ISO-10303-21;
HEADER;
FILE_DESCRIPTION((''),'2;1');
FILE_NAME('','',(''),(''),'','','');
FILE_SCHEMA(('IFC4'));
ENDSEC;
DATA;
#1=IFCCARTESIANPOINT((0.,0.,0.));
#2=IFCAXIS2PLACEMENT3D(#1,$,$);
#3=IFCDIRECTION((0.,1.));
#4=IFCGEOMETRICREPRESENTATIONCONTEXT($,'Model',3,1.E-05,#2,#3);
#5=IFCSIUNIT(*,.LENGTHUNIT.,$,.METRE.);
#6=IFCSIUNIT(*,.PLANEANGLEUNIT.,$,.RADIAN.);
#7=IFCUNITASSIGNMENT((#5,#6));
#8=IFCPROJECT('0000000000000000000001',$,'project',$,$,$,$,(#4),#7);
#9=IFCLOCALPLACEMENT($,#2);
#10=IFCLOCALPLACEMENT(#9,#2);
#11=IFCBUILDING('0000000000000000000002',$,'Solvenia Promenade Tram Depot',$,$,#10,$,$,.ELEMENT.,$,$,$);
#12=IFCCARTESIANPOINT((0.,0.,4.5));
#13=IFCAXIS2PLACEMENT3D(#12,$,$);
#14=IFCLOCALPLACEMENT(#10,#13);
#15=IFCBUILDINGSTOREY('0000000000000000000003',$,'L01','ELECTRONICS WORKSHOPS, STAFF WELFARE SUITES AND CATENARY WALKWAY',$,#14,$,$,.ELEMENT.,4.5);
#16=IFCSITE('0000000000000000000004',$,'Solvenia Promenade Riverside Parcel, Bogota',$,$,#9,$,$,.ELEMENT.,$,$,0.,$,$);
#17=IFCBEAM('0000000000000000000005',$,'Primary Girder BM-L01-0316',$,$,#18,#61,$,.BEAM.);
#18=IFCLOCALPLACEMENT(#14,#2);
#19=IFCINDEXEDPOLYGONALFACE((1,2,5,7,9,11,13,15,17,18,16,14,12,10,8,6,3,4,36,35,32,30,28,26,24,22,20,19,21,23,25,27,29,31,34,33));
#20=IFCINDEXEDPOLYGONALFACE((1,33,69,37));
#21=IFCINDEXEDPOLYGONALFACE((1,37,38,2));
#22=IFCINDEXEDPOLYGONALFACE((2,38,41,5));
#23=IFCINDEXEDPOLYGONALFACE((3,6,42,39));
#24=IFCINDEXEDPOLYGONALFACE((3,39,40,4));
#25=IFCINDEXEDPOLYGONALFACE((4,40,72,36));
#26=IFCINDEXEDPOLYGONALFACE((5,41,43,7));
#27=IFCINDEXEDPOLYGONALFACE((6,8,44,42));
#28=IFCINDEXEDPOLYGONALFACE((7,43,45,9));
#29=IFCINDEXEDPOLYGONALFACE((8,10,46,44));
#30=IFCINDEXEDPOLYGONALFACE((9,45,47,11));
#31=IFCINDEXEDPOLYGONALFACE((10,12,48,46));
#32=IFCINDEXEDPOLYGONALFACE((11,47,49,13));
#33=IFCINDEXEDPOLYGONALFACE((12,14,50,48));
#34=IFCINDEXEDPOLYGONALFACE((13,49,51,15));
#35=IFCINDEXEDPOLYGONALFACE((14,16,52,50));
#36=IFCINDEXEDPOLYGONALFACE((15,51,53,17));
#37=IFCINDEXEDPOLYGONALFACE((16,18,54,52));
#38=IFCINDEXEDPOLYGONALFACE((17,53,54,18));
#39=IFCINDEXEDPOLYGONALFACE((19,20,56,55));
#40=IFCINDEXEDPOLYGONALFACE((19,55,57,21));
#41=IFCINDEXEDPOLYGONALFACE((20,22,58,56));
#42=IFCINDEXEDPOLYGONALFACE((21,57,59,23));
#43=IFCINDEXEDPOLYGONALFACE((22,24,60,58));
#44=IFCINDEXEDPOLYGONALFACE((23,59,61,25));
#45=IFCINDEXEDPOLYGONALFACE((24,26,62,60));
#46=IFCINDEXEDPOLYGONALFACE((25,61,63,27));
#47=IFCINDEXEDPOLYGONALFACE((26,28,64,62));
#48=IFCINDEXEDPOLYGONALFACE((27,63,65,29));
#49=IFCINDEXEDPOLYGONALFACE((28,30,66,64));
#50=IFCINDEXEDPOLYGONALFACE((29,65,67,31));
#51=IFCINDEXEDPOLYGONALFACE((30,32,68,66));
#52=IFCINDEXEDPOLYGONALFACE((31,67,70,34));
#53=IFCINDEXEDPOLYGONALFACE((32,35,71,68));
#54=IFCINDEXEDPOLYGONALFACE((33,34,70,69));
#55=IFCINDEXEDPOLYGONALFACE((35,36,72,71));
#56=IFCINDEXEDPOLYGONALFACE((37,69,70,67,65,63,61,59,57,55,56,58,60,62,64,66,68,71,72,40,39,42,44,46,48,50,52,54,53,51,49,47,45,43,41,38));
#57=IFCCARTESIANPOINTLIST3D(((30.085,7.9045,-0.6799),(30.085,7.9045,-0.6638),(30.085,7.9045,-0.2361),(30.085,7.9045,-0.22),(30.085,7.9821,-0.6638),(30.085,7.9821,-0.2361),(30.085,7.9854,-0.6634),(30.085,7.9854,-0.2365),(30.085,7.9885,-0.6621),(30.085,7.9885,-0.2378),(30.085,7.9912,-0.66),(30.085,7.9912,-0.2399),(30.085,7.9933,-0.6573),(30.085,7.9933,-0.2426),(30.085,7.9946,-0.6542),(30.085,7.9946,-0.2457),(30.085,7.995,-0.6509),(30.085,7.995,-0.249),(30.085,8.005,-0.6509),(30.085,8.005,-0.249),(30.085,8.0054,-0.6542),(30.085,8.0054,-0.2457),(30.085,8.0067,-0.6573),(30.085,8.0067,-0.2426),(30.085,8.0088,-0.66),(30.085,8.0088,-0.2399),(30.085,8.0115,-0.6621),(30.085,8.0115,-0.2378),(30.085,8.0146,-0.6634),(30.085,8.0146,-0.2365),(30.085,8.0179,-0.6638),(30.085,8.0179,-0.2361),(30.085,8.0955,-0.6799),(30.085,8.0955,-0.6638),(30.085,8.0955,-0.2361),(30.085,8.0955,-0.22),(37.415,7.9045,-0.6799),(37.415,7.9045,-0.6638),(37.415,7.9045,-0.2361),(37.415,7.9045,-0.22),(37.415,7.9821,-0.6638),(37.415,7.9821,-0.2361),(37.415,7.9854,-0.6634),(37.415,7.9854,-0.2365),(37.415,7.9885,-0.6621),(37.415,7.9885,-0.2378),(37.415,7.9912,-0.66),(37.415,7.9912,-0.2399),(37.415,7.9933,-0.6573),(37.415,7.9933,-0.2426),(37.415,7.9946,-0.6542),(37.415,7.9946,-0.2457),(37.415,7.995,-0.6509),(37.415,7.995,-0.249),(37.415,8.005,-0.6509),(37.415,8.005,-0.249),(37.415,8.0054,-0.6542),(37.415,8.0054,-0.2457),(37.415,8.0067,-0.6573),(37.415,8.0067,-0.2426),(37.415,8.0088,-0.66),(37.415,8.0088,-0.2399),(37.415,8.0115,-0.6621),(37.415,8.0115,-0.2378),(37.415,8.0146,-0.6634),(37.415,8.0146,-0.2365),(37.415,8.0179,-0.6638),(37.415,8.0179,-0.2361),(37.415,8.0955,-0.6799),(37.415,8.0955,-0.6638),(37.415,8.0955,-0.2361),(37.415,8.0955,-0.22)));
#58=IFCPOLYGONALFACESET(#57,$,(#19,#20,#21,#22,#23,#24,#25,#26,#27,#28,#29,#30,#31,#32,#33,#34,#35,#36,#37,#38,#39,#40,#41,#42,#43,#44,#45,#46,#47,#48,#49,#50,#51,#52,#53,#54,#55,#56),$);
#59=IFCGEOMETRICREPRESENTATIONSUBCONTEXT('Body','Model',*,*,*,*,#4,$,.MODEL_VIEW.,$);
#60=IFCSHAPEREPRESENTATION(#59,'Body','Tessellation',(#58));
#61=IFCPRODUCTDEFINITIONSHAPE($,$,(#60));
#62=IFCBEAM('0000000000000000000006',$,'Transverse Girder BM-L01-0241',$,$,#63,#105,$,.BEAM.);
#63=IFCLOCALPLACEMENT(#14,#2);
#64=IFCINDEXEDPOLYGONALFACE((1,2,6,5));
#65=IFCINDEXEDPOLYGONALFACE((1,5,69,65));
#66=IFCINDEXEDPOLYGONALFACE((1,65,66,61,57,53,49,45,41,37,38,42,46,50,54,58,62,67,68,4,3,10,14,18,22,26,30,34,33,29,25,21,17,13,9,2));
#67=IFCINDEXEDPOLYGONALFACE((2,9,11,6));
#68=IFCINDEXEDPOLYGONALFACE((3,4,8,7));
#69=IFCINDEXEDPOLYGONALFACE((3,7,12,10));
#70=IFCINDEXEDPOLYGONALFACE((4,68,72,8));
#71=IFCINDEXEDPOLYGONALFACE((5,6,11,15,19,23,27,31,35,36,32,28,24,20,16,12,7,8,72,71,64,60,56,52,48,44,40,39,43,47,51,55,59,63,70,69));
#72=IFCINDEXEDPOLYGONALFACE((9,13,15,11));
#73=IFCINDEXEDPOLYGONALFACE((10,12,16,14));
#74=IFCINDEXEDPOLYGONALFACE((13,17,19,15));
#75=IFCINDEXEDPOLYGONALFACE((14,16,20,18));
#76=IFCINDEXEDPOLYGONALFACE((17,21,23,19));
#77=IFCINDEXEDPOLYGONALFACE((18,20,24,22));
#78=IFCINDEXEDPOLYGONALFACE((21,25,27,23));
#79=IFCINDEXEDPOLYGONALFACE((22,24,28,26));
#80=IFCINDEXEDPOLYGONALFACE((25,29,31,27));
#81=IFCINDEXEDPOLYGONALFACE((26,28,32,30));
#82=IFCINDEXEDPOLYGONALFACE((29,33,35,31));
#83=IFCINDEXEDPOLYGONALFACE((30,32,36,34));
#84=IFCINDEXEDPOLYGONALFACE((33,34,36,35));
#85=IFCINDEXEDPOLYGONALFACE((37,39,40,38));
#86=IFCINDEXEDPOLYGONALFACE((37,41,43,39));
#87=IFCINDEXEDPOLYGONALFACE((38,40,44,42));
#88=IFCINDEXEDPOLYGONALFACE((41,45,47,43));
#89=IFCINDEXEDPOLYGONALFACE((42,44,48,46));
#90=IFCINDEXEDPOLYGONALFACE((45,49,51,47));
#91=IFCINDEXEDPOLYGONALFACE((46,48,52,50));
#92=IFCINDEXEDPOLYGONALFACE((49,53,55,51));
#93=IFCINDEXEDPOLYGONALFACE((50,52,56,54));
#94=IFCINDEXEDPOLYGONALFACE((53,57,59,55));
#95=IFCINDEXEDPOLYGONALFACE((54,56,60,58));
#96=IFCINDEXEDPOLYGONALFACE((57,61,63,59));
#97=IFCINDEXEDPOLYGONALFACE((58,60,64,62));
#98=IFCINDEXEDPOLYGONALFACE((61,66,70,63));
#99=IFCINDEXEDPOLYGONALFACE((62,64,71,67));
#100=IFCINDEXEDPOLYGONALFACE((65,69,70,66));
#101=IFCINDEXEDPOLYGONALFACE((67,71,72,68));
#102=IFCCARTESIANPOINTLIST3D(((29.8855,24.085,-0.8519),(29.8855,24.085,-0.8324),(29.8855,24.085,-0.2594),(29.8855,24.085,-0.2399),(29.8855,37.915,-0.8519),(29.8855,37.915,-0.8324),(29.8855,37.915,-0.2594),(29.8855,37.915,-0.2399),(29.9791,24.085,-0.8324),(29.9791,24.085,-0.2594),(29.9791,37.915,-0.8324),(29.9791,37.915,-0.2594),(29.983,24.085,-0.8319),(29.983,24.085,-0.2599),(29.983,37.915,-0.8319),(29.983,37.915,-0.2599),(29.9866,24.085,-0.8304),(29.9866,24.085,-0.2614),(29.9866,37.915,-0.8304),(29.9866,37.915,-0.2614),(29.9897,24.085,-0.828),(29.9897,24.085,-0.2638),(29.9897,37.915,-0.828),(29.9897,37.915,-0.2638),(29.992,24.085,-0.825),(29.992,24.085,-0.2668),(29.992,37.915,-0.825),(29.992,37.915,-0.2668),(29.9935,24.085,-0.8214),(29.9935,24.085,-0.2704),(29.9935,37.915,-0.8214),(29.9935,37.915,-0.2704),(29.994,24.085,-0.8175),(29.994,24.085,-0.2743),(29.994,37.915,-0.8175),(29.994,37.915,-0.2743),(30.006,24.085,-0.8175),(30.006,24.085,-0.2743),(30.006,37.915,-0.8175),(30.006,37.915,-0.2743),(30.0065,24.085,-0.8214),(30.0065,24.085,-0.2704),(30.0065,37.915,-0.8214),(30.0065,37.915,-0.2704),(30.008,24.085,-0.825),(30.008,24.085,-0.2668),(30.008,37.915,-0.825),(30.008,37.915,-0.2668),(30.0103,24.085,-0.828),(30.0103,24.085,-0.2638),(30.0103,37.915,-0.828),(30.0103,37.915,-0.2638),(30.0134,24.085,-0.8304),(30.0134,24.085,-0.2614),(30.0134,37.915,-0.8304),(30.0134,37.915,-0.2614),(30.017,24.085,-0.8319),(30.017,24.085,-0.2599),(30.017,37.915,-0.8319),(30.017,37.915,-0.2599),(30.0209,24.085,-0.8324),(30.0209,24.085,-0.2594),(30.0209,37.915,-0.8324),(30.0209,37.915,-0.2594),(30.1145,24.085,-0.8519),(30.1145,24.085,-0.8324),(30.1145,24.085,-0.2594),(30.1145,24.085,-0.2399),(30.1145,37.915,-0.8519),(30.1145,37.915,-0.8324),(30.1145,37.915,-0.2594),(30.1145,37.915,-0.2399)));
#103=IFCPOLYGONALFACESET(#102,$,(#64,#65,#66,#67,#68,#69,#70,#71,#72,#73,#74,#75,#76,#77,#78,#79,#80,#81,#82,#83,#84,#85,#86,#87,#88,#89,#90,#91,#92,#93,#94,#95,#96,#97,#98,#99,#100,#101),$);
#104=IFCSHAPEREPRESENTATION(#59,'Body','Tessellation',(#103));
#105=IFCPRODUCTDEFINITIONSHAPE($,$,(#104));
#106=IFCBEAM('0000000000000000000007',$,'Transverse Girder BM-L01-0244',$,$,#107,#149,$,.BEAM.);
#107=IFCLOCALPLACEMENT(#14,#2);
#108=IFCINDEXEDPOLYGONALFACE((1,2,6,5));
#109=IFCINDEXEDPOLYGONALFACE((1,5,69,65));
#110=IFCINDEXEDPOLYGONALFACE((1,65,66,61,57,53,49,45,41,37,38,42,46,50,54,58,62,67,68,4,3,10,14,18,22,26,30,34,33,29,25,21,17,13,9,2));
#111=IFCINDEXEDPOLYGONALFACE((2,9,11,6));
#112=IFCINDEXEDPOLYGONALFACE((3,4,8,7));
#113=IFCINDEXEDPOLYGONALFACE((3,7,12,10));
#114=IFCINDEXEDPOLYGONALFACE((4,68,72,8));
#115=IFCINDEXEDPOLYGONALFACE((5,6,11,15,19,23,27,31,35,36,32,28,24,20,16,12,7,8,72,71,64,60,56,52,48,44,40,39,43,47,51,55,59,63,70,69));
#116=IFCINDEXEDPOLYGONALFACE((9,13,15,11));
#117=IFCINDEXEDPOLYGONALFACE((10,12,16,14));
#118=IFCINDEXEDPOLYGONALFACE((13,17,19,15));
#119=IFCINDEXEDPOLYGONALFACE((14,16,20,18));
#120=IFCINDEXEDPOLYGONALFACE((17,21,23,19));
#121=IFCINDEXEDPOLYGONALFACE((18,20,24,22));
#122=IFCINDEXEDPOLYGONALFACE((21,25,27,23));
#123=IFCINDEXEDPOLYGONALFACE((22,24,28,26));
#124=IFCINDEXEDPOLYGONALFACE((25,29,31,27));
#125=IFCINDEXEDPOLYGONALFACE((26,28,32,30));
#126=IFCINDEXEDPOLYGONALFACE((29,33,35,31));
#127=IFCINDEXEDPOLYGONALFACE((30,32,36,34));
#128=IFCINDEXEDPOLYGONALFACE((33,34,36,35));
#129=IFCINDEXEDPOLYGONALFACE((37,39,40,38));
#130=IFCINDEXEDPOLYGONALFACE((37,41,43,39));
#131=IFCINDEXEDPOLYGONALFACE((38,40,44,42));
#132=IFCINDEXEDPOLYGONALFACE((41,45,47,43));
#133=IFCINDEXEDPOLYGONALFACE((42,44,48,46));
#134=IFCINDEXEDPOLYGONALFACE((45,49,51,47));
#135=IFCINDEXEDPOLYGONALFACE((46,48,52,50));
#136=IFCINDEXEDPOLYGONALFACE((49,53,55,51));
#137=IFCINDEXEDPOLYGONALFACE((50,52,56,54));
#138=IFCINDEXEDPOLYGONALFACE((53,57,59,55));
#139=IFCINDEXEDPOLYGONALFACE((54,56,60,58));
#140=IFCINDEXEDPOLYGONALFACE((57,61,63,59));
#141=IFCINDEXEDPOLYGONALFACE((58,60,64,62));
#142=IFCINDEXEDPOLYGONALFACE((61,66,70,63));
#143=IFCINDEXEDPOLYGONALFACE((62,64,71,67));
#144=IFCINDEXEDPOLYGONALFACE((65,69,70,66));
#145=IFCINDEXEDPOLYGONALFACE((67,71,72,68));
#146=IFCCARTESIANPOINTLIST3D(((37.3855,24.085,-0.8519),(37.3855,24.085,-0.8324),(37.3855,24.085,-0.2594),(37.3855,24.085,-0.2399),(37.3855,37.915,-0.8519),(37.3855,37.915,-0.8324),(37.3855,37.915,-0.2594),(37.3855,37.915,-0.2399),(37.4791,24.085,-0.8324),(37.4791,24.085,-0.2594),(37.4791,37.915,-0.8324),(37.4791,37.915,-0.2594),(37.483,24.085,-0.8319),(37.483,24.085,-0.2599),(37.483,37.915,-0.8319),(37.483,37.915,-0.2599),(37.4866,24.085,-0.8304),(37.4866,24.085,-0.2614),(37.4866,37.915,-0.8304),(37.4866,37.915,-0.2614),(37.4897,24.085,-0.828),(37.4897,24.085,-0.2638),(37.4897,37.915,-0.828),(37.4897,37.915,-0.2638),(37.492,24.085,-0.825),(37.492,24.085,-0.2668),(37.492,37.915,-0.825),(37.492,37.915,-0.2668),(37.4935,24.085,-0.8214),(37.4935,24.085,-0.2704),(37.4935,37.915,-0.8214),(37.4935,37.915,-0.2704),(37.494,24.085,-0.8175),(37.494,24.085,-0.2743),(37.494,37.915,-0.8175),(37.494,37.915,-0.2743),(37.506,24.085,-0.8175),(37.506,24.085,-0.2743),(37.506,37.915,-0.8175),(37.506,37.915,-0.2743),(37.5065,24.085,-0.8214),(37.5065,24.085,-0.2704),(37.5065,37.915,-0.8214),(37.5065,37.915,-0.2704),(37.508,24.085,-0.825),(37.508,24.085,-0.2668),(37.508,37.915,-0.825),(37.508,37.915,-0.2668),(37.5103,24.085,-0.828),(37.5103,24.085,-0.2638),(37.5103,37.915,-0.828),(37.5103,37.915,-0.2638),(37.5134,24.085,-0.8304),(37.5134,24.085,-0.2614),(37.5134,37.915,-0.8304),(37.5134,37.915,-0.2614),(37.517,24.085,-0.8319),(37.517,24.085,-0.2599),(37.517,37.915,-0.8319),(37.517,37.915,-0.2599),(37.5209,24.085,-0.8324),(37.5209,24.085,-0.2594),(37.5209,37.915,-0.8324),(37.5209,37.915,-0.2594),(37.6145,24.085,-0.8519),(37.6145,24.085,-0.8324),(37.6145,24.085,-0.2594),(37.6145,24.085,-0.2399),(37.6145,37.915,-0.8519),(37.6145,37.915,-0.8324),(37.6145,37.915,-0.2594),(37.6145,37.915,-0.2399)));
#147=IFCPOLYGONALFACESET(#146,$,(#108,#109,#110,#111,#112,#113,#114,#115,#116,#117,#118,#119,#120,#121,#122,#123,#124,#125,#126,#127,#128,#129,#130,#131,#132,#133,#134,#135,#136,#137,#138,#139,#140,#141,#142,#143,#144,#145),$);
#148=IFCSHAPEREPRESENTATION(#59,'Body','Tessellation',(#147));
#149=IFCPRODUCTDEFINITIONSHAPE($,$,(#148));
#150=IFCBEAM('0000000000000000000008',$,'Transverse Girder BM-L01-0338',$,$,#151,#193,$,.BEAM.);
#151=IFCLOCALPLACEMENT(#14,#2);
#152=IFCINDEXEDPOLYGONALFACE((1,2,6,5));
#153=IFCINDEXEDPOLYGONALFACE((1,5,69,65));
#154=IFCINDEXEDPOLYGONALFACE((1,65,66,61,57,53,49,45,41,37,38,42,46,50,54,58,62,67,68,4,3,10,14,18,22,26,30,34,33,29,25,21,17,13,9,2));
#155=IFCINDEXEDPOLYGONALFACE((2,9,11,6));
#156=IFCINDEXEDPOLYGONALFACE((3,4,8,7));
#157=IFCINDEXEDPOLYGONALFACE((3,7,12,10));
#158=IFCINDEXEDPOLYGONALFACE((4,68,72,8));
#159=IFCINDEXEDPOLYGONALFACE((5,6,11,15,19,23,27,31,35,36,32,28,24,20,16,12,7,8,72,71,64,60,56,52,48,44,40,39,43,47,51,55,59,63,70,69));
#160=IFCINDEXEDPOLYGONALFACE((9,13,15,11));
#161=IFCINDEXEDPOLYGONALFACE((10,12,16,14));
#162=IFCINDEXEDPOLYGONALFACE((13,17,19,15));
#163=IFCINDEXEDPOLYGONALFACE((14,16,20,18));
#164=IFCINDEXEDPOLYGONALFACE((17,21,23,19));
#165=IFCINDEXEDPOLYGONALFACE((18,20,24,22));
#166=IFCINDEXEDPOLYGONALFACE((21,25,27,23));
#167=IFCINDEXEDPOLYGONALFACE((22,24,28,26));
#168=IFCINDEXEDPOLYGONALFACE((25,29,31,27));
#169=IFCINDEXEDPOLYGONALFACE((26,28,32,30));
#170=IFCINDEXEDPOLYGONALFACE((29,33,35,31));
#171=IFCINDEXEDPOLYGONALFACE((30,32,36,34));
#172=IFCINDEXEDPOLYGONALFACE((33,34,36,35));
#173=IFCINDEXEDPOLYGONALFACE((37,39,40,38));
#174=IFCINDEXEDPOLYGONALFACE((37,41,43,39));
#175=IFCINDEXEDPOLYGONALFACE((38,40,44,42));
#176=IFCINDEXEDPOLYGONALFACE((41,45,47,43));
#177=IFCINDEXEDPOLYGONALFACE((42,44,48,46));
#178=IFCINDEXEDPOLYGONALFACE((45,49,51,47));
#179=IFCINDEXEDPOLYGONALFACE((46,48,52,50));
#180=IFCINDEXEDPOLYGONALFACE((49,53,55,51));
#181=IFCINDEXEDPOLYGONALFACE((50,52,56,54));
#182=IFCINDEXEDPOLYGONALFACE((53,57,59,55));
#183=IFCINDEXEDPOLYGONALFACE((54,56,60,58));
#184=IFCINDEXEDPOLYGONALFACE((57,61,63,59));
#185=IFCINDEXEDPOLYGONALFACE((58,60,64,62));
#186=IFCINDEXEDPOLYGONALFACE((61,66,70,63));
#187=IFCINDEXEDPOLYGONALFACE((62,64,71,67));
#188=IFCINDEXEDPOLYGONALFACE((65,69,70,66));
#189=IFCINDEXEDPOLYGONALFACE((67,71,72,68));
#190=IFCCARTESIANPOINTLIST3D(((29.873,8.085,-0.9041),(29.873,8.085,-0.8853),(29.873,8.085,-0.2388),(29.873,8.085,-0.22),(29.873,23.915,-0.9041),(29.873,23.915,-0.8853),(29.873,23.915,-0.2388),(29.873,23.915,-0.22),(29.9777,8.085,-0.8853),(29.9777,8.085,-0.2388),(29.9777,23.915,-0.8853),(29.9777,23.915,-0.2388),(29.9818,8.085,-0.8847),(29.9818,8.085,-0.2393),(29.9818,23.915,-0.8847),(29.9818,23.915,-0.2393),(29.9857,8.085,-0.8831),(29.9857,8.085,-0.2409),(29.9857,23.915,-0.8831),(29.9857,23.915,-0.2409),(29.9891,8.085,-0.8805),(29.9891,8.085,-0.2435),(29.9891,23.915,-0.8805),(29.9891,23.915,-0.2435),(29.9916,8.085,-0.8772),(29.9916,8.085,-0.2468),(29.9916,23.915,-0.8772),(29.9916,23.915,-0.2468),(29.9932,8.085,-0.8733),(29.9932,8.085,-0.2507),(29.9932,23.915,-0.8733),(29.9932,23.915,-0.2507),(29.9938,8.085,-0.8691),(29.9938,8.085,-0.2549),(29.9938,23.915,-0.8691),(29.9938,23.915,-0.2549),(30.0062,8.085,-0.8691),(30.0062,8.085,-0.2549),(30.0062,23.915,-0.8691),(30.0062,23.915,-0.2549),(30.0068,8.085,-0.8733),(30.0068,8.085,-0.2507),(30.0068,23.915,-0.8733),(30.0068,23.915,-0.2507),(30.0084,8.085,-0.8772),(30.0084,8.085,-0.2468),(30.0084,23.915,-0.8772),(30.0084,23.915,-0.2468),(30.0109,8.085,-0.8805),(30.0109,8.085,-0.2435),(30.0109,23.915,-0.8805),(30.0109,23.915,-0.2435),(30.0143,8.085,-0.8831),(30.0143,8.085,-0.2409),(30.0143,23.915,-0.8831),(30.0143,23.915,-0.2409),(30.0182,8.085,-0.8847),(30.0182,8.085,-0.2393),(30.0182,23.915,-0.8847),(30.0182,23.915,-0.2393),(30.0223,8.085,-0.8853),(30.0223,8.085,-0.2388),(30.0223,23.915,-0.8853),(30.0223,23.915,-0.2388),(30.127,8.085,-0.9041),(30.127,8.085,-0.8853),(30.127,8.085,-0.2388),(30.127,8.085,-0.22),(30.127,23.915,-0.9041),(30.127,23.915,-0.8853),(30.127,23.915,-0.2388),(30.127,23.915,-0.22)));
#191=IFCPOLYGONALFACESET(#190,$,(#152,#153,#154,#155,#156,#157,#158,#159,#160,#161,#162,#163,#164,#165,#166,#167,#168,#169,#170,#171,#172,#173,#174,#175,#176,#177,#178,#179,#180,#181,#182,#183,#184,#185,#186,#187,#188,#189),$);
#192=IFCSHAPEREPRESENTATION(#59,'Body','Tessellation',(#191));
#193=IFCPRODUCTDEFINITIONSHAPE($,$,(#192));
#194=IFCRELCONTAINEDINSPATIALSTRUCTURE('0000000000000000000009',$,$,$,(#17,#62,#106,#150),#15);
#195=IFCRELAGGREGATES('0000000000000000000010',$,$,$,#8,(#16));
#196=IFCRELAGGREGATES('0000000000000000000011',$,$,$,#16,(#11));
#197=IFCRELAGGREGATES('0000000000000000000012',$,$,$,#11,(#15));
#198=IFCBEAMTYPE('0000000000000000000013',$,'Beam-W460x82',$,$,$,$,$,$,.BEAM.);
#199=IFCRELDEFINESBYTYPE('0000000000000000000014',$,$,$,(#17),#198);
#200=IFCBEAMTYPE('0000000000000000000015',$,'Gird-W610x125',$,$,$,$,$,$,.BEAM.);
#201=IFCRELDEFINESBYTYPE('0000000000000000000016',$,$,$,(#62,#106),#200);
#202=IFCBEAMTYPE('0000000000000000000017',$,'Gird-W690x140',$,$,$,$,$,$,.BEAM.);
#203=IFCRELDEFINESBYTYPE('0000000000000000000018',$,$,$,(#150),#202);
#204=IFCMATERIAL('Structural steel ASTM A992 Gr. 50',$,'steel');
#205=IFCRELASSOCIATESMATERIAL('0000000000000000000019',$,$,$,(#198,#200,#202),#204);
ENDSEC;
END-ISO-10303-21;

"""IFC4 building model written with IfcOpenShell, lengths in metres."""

from ifc_helpers import new_model, si_unit, direction, frame, origin, origin_2d, place, context, subcontext, project, spatial, i_section, extrude, material, material_profile, profile_set, type_object, element, save


model = new_model("IFC4")

# Units and contexts
model_context = context("Model", 3, precision=1e-05, world=origin(), true_north=direction((0.0, 1.0)))
body_context = subcontext(model_context, "Body", "Model", "MODEL_VIEW")
ifc_project = project(units=[si_unit("LENGTHUNIT", "METRE"), si_unit("PLANEANGLEUNIT", "RADIAN")], contexts=[model_context])

# Site, building, storey
site_placement = place(None, origin())
site = spatial("IfcSite", under=ifc_project, at=site_placement, Name="Solvenia Promenade Riverside Parcel, Bogota", CompositionType="ELEMENT", RefElevation=0.0)
building_placement = place(site_placement, origin())
building = spatial("IfcBuilding", under=site, at=building_placement, Name="Solvenia Promenade Tram Depot", CompositionType="ELEMENT")
storey_placement = place(building_placement, frame((0.0, 0.0, 4.5)))
storey = spatial("IfcBuildingStorey", under=building, at=storey_placement, Name="L01", Description="ELECTRONICS WORKSHOPS, STAFF WELFARE SUITES AND CATENARY WALKWAY", CompositionType="ELEMENT", Elevation=4.5)

# Shared definitions
ifc_material_1 = material(Name="Structural steel ASTM A992 Gr. 50", Category="steel")

# Beams
ifc_material_profile_1 = material_profile(ifc_material_1, i_section(OverallWidth=0.1909, OverallDepth=0.46, WebThickness=0.01, FlangeThickness=0.0161, FilletRadius=0.0129, at=origin_2d()), Name="W460x82", Category="steel")
ifc_profile_set_1 = profile_set([ifc_material_profile_1], Name="Structural steel ASTM A992 Gr. 50")
beam_type_1 = type_object("IfcBeamType", Name="Beam-W460x82", PredefinedType="BEAM", material=ifc_profile_set_1)
beam_placement = place(storey_placement, frame((30.085, 8.0, -0.45), z_axis=(1.0, 0.0, 0.0), x_axis=(0.0, 1.0, 0.0)))
element("IfcBeam", 1, at=beam_placement, inside=storey, type_object=beam_type_1, Name="Primary Girder BM-L01-0316", PredefinedType="BEAM", context=body_context, shape_type="SweptSolid", body=[
    extrude(i_section(OverallWidth=0.1909, OverallDepth=0.46, WebThickness=0.01, FlangeThickness=0.0161, FilletRadius=0.0129, at=origin_2d()), origin(), (0.0, 0.0, 1.0), 7.3301),
])
ifc_material_profile_2 = material_profile(ifc_material_1, i_section(OverallWidth=0.229, OverallDepth=0.6121, WebThickness=0.012, FlangeThickness=0.0195, FilletRadius=0.0149, at=origin_2d()), Name="W610x125", Category="steel")
ifc_profile_set_2 = profile_set([ifc_material_profile_2], Name="Structural steel ASTM A992 Gr. 50")
beam_type_2 = type_object("IfcBeamType", Name="Gird-W610x125", PredefinedType="BEAM", material=ifc_profile_set_2)
for number, where, z_axis, x_axis, name in (
    (2, (30.0, 24.085, -0.5459), (0.0, 1.0, 0.0), (-1.0, 0.0, 0.0), "Transverse Girder BM-L01-0241"),
    (3, (37.5, 24.085, -0.5459), (0.0, 1.0, 0.0), (-1.0, 0.0, 0.0), "Transverse Girder BM-L01-0244"),
):
    element("IfcBeam", number, at=place(storey_placement, frame(where, z_axis=z_axis, x_axis=x_axis)), inside=storey, type_object=beam_type_2, Name=name, PredefinedType="BEAM", context=body_context, shape_type="SweptSolid", body=[
        extrude(i_section(OverallWidth=0.229, OverallDepth=0.6121, WebThickness=0.012, FlangeThickness=0.0195, FilletRadius=0.0149, at=origin_2d()), origin(), (0.0, 0.0, 1.0), 13.8301),
    ])
ifc_material_profile_3 = material_profile(ifc_material_1, i_section(OverallWidth=0.2539, OverallDepth=0.6841, WebThickness=0.0125, FlangeThickness=0.0188, FilletRadius=0.0161, at=origin_2d()), Name="W690x140", Category="steel")
ifc_profile_set_3 = profile_set([ifc_material_profile_3], Name="Structural steel ASTM A992 Gr. 50")
beam_type_3 = type_object("IfcBeamType", Name="Gird-W690x140", PredefinedType="BEAM", material=ifc_profile_set_3)
for number, where, z_axis, x_axis, name in (
    (4, (30.0, 8.085, -0.562), (0.0, 1.0, 0.0), (-1.0, 0.0, 0.0), "Transverse Girder BM-L01-0338"),
):
    element("IfcBeam", number, at=place(storey_placement, frame(where, z_axis=z_axis, x_axis=x_axis)), inside=storey, type_object=beam_type_3, Name=name, PredefinedType="BEAM", context=body_context, shape_type="SweptSolid", body=[
        extrude(i_section(OverallWidth=0.2539, OverallDepth=0.6841, WebThickness=0.0125, FlangeThickness=0.0188, FilletRadius=0.0161, at=origin_2d()), origin(), (0.0, 0.0, 1.0), 15.8301),
    ])

save(model, "model.ifc")
